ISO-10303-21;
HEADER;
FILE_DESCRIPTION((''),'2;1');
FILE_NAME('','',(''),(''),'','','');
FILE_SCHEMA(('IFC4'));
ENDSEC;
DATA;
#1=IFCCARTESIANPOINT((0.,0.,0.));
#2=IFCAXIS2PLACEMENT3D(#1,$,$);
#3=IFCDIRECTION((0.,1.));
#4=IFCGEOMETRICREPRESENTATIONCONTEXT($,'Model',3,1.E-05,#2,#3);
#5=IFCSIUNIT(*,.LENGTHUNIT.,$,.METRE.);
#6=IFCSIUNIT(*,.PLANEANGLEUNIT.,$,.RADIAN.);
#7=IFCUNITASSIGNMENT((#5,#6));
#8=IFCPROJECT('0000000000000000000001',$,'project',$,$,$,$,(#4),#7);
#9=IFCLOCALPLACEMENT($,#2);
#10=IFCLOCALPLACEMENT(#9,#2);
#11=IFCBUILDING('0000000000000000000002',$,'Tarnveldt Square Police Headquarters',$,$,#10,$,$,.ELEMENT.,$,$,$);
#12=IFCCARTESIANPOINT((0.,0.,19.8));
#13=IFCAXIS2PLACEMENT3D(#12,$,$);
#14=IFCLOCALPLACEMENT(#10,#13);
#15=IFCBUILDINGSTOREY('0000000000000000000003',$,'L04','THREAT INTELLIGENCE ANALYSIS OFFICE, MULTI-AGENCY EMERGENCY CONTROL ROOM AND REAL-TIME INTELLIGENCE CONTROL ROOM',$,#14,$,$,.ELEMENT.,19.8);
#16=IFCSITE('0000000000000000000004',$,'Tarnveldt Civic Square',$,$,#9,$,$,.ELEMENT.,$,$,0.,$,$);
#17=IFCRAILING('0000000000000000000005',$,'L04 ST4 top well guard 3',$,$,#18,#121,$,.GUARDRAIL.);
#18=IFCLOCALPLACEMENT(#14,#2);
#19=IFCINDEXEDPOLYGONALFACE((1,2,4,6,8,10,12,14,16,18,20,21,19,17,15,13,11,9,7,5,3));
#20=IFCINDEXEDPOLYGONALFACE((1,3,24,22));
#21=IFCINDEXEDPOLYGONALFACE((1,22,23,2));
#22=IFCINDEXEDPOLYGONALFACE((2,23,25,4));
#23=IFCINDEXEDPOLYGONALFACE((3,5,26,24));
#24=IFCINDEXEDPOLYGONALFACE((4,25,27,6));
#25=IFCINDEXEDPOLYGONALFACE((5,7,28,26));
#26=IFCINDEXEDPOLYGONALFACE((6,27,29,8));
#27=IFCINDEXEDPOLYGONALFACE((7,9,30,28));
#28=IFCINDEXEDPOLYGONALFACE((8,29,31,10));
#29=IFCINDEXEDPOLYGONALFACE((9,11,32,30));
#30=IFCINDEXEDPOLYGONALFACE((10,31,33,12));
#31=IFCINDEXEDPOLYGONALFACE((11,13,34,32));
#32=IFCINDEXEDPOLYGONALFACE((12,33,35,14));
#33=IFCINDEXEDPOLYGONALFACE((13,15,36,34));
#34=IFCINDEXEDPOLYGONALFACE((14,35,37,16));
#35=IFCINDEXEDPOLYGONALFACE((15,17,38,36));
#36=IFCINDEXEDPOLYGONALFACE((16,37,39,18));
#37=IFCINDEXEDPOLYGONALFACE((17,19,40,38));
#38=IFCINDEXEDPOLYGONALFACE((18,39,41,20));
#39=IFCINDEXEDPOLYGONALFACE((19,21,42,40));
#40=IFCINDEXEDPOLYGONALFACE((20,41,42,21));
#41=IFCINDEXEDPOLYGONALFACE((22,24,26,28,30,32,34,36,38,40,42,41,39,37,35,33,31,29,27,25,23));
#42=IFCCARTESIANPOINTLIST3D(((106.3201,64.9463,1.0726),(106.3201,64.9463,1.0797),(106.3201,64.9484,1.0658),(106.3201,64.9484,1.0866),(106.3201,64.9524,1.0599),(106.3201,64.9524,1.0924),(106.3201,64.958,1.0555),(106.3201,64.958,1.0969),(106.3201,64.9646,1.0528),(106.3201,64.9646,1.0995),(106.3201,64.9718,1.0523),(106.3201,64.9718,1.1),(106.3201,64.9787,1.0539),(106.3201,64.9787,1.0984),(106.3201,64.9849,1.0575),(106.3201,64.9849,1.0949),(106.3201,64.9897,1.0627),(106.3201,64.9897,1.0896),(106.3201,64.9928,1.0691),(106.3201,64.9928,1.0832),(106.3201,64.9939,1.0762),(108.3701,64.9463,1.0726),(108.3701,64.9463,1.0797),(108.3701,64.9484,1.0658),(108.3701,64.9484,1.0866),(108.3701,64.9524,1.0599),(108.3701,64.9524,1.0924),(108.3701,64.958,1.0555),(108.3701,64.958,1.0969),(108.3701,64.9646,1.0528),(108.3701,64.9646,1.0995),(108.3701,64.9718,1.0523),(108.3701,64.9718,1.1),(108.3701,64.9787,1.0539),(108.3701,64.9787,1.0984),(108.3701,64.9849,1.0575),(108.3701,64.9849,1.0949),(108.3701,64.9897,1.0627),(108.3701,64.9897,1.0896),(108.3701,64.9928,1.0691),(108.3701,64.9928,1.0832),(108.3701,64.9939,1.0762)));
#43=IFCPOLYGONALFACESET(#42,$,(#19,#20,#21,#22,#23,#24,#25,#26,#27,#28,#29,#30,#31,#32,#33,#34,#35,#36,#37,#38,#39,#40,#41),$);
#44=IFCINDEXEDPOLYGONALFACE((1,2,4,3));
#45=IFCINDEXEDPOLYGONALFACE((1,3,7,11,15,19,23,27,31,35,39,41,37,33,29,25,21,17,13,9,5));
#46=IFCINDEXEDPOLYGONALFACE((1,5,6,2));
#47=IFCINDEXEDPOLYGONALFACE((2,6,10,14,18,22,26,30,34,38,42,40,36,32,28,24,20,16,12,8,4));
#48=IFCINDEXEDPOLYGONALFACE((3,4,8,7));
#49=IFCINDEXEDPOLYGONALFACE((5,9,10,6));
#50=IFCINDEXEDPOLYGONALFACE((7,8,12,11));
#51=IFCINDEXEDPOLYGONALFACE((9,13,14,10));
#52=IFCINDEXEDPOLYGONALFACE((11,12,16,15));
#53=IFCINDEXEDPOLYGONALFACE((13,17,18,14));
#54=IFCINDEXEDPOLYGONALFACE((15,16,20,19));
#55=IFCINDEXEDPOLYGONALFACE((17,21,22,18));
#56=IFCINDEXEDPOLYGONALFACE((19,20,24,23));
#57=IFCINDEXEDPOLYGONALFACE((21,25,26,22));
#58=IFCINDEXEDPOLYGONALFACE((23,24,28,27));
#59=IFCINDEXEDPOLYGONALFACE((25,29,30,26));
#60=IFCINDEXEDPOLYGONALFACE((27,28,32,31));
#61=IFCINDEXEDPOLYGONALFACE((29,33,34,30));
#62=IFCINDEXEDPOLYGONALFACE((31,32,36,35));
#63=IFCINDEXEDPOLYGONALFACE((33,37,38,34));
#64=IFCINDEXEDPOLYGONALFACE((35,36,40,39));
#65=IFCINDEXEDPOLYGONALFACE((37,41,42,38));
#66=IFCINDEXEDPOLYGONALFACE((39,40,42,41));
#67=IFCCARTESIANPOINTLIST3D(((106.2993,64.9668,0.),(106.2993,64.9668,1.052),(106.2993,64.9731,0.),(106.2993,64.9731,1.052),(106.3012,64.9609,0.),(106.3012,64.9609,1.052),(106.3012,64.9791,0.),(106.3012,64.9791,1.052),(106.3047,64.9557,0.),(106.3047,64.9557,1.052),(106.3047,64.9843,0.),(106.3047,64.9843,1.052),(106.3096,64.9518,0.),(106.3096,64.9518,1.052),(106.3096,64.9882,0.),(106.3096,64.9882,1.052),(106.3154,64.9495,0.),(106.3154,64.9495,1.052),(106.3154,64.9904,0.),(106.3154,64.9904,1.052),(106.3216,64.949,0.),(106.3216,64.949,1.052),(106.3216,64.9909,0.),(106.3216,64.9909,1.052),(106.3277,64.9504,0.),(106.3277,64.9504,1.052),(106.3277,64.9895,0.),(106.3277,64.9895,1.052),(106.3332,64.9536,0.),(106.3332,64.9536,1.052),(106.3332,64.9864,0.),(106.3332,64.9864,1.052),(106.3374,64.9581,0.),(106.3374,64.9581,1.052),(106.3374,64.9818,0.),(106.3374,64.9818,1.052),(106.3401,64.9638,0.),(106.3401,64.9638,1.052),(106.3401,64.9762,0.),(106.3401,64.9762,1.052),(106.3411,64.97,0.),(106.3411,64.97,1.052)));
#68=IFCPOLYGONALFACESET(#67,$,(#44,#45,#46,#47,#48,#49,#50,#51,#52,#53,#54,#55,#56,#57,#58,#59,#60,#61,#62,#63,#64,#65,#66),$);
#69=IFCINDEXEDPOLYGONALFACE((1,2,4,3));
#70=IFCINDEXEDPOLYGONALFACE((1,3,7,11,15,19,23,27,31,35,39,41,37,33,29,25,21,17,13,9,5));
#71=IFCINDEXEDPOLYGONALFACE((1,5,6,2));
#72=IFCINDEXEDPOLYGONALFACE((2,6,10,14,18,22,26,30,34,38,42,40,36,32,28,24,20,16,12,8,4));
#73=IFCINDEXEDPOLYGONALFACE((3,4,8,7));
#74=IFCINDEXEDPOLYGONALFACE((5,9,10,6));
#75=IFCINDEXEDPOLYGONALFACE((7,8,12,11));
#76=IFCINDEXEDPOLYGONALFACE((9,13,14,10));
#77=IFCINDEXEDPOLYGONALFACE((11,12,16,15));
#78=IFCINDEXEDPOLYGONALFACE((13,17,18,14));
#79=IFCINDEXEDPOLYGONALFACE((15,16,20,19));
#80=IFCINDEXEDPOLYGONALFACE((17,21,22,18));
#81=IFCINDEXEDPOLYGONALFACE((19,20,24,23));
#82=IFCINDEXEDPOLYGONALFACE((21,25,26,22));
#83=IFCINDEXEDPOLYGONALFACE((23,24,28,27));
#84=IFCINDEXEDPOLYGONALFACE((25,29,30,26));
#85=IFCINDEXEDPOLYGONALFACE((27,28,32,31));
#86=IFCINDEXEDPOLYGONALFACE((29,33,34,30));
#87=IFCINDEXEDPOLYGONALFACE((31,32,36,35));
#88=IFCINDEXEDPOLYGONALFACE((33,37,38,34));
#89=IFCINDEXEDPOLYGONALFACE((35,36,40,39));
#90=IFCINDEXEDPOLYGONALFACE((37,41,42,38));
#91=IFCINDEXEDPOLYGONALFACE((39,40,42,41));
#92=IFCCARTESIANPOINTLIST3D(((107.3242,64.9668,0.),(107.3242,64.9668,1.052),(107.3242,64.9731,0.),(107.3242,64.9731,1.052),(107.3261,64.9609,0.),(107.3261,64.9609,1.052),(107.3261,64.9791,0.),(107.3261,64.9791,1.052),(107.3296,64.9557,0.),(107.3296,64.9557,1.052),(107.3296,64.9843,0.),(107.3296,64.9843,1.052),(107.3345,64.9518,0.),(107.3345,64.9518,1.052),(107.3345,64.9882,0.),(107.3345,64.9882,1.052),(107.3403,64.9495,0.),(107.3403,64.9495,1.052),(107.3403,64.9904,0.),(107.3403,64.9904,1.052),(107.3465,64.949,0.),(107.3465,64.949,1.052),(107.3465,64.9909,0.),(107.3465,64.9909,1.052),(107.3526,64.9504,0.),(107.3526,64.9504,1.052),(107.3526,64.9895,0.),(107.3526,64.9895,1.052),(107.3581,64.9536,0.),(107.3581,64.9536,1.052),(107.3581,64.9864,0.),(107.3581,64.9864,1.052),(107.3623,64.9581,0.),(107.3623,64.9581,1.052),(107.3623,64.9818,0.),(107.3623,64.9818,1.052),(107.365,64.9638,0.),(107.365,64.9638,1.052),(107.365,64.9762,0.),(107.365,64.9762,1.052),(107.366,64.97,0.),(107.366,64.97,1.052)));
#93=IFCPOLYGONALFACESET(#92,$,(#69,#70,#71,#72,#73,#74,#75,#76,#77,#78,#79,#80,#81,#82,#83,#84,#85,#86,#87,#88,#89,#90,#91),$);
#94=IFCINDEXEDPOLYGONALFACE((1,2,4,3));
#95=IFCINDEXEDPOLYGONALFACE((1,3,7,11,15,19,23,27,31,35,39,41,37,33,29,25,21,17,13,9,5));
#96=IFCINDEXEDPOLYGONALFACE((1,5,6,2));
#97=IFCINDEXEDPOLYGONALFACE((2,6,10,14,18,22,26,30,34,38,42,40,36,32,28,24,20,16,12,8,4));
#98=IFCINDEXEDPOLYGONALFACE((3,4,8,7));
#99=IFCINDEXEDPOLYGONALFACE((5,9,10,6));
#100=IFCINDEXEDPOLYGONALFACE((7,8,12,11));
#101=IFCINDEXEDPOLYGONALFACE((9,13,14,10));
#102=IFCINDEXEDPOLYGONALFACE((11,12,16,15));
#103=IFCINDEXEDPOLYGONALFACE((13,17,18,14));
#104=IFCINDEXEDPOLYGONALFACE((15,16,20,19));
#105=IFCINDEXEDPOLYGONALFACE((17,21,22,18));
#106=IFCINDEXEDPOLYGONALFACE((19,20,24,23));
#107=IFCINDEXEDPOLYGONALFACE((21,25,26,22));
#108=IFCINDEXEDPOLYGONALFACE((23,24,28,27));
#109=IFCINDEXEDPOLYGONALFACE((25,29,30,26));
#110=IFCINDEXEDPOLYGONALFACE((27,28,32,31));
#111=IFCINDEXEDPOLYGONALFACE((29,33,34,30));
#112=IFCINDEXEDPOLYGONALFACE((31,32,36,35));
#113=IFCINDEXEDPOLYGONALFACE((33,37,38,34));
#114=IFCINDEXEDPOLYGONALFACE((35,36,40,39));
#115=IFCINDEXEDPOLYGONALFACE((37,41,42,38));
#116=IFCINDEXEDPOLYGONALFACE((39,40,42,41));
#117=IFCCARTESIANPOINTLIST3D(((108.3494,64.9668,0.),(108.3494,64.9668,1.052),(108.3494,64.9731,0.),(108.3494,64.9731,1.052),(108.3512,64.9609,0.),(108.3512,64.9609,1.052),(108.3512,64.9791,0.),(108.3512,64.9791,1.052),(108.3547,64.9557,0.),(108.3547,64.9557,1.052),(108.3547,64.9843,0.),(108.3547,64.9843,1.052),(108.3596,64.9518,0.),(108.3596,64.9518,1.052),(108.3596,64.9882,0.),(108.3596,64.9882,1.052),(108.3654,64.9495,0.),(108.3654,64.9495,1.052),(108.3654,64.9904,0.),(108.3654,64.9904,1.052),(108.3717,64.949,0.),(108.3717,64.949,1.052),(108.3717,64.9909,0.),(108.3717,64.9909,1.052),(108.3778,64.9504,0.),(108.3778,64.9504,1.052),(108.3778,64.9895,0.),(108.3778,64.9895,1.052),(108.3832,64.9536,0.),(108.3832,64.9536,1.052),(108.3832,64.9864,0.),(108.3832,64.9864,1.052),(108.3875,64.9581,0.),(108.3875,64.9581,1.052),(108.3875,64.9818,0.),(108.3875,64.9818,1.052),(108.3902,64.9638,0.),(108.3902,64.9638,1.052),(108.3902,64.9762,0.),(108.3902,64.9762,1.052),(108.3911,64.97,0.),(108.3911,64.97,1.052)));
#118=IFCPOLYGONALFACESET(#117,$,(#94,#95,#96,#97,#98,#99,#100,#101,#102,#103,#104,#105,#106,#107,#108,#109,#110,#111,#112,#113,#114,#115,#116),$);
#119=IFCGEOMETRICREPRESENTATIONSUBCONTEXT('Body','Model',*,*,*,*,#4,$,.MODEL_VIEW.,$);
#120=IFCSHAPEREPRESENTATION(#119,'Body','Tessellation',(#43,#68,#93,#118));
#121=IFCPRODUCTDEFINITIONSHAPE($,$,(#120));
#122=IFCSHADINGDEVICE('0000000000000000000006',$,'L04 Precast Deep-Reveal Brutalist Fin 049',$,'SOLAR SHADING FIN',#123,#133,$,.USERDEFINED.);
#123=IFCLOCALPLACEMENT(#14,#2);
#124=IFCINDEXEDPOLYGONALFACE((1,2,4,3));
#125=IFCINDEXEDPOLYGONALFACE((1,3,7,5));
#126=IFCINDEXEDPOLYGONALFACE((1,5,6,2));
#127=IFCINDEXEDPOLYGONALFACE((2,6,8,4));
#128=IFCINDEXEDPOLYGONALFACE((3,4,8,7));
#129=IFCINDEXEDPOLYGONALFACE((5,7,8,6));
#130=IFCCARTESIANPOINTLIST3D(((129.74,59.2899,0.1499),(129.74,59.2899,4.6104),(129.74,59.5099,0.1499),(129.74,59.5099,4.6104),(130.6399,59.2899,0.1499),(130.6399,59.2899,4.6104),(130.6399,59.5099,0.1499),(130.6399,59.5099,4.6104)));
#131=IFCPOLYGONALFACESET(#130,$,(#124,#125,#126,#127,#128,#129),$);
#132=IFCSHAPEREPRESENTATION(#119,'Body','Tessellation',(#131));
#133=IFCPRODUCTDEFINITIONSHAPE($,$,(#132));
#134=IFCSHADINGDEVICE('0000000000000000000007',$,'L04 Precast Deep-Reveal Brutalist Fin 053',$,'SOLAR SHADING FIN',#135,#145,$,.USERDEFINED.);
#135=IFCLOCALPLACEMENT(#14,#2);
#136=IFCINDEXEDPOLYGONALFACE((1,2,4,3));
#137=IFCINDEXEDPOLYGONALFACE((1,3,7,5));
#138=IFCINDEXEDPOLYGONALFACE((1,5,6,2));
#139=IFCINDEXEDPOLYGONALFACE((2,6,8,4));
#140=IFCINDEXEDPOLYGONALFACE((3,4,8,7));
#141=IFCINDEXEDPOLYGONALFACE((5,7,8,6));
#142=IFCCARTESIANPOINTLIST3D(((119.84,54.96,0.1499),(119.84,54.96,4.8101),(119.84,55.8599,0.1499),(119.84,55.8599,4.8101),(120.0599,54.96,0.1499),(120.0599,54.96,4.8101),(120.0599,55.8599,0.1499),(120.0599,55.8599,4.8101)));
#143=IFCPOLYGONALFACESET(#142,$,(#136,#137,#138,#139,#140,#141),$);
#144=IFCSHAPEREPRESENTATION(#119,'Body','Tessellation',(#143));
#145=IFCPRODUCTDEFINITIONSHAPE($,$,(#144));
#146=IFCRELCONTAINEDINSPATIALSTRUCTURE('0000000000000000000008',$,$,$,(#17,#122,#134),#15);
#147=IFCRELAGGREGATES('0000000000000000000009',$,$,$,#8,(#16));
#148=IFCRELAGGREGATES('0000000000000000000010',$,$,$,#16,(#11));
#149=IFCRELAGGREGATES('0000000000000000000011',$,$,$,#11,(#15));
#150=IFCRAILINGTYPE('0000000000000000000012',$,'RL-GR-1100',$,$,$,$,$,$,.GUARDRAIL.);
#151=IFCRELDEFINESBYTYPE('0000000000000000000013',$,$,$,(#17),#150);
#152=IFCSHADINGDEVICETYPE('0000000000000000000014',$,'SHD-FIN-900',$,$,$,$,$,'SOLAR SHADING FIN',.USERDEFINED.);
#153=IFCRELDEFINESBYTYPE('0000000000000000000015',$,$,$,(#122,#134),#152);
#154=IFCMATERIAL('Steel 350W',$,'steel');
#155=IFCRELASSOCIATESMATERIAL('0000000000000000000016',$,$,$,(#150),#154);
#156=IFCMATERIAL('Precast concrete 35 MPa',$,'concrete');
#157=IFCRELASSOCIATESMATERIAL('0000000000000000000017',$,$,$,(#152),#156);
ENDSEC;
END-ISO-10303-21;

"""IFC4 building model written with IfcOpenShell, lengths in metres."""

from ifc_helpers import new_model, si_unit, direction, frame, origin, origin_2d, place, context, subcontext, project, spatial, rectangle, circle, extrude, material, material_profile, profile_set, type_object, element, save


model = new_model("IFC4")

# Units and contexts
model_context = context("Model", 3, precision=1e-05, world=origin(), true_north=direction((0.0, 1.0)))
body_context = subcontext(model_context, "Body", "Model", "MODEL_VIEW")
ifc_project = project(units=[si_unit("LENGTHUNIT", "METRE"), si_unit("PLANEANGLEUNIT", "RADIAN")], contexts=[model_context])

# Site, building, storey
site_placement = place(None, origin())
site = spatial("IfcSite", under=ifc_project, at=site_placement, Name="Tarnveldt Civic Square", CompositionType="ELEMENT", RefElevation=0.0)
building_placement = place(site_placement, origin())
building = spatial("IfcBuilding", under=site, at=building_placement, Name="Tarnveldt Square Police Headquarters", CompositionType="ELEMENT")
storey_placement = place(building_placement, frame((0.0, 0.0, 19.8)))
storey = spatial("IfcBuildingStorey", under=building, at=storey_placement, Name="L04", Description="THREAT INTELLIGENCE ANALYSIS OFFICE, MULTI-AGENCY EMERGENCY CONTROL ROOM AND REAL-TIME INTELLIGENCE CONTROL ROOM", CompositionType="ELEMENT", Elevation=19.8)

# Shared definitions
ifc_material_1 = material(Name="Steel 350W", Category="steel")

# Railing
railing_type = type_object("IfcRailingType", Name="RL-GR-1100", PredefinedType="GUARDRAIL", material=ifc_material_1)
railing_1_placement = place(storey_placement, frame((106.3201, 64.97, 0.0)))
element("IfcRailing", 1, at=railing_1_placement, inside=storey, type_object=railing_type, Name="L04 ST4 top well guard 3", PredefinedType="GUARDRAIL", context=body_context, shape_type="SweptSolid", body=[
    extrude(circle(Radius=0.0239, at=origin_2d()), frame((0.0, 0.0, 1.0762), z_axis=(1.0, 0.0, 0.0), x_axis=(0.0, 1.0, 0.0)), (0.0, 0.0, 1.0), 2.05),
    extrude(circle(Radius=0.021, at=origin_2d()), origin(), (0.0, 0.0, 1.0), 1.052),
    extrude(circle(Radius=0.021, at=origin_2d()), frame((1.0249, 0.0, 0.0)), (0.0, 0.0, 1.0), 1.052),
    extrude(circle(Radius=0.021, at=origin_2d()), frame((2.05, 0.0, 0.0)), (0.0, 0.0, 1.0), 1.052),
])

# Shading devices
ifc_material_2 = material(Name="Precast concrete 35 MPa", Category="concrete")
ifc_material_profile_1 = material_profile(ifc_material_2, rectangle(XDim=0.22, YDim=0.8999, at=origin_2d()), Name="PC-FIN220x900")
ifc_profile_set_1 = profile_set([ifc_material_profile_1], Name="Precast concrete 35 MPa")
shading_device_type = type_object("IfcShadingDeviceType", Name="SHD-FIN-900", ElementType="SOLAR SHADING FIN", PredefinedType="USERDEFINED", material=ifc_profile_set_1)
shading_device_1_placement = place(storey_placement, frame((130.1899, 59.3999, 0.1499), z_axis=(0.0, 0.0, 1.0), x_axis=(0.0, 1.0, 0.0)))
element("IfcShadingDevice", 2, at=shading_device_1_placement, inside=storey, type_object=shading_device_type, Name="L04 Precast Deep-Reveal Brutalist Fin 049", ObjectType="SOLAR SHADING FIN", PredefinedType="USERDEFINED", context=body_context, shape_type="SweptSolid", body=[
    extrude(rectangle(XDim=0.22, YDim=0.8999, at=origin_2d()), origin(), (0.0, 0.0, 1.0), 4.4604),
])
shading_device_2_placement = place(storey_placement, frame((119.95, 55.4099, 0.1499), z_axis=(0.0, 0.0, 1.0), x_axis=(1.0, 0.0, 0.0)))
element("IfcShadingDevice", 3, at=shading_device_2_placement, inside=storey, type_object=shading_device_type, Name="L04 Precast Deep-Reveal Brutalist Fin 053", ObjectType="SOLAR SHADING FIN", PredefinedType="USERDEFINED", context=body_context, shape_type="SweptSolid", body=[
    extrude(rectangle(XDim=0.22, YDim=0.8999, at=origin_2d()), origin(), (0.0, 0.0, 1.0), 4.6602),
])

save(model, "model.ifc")
